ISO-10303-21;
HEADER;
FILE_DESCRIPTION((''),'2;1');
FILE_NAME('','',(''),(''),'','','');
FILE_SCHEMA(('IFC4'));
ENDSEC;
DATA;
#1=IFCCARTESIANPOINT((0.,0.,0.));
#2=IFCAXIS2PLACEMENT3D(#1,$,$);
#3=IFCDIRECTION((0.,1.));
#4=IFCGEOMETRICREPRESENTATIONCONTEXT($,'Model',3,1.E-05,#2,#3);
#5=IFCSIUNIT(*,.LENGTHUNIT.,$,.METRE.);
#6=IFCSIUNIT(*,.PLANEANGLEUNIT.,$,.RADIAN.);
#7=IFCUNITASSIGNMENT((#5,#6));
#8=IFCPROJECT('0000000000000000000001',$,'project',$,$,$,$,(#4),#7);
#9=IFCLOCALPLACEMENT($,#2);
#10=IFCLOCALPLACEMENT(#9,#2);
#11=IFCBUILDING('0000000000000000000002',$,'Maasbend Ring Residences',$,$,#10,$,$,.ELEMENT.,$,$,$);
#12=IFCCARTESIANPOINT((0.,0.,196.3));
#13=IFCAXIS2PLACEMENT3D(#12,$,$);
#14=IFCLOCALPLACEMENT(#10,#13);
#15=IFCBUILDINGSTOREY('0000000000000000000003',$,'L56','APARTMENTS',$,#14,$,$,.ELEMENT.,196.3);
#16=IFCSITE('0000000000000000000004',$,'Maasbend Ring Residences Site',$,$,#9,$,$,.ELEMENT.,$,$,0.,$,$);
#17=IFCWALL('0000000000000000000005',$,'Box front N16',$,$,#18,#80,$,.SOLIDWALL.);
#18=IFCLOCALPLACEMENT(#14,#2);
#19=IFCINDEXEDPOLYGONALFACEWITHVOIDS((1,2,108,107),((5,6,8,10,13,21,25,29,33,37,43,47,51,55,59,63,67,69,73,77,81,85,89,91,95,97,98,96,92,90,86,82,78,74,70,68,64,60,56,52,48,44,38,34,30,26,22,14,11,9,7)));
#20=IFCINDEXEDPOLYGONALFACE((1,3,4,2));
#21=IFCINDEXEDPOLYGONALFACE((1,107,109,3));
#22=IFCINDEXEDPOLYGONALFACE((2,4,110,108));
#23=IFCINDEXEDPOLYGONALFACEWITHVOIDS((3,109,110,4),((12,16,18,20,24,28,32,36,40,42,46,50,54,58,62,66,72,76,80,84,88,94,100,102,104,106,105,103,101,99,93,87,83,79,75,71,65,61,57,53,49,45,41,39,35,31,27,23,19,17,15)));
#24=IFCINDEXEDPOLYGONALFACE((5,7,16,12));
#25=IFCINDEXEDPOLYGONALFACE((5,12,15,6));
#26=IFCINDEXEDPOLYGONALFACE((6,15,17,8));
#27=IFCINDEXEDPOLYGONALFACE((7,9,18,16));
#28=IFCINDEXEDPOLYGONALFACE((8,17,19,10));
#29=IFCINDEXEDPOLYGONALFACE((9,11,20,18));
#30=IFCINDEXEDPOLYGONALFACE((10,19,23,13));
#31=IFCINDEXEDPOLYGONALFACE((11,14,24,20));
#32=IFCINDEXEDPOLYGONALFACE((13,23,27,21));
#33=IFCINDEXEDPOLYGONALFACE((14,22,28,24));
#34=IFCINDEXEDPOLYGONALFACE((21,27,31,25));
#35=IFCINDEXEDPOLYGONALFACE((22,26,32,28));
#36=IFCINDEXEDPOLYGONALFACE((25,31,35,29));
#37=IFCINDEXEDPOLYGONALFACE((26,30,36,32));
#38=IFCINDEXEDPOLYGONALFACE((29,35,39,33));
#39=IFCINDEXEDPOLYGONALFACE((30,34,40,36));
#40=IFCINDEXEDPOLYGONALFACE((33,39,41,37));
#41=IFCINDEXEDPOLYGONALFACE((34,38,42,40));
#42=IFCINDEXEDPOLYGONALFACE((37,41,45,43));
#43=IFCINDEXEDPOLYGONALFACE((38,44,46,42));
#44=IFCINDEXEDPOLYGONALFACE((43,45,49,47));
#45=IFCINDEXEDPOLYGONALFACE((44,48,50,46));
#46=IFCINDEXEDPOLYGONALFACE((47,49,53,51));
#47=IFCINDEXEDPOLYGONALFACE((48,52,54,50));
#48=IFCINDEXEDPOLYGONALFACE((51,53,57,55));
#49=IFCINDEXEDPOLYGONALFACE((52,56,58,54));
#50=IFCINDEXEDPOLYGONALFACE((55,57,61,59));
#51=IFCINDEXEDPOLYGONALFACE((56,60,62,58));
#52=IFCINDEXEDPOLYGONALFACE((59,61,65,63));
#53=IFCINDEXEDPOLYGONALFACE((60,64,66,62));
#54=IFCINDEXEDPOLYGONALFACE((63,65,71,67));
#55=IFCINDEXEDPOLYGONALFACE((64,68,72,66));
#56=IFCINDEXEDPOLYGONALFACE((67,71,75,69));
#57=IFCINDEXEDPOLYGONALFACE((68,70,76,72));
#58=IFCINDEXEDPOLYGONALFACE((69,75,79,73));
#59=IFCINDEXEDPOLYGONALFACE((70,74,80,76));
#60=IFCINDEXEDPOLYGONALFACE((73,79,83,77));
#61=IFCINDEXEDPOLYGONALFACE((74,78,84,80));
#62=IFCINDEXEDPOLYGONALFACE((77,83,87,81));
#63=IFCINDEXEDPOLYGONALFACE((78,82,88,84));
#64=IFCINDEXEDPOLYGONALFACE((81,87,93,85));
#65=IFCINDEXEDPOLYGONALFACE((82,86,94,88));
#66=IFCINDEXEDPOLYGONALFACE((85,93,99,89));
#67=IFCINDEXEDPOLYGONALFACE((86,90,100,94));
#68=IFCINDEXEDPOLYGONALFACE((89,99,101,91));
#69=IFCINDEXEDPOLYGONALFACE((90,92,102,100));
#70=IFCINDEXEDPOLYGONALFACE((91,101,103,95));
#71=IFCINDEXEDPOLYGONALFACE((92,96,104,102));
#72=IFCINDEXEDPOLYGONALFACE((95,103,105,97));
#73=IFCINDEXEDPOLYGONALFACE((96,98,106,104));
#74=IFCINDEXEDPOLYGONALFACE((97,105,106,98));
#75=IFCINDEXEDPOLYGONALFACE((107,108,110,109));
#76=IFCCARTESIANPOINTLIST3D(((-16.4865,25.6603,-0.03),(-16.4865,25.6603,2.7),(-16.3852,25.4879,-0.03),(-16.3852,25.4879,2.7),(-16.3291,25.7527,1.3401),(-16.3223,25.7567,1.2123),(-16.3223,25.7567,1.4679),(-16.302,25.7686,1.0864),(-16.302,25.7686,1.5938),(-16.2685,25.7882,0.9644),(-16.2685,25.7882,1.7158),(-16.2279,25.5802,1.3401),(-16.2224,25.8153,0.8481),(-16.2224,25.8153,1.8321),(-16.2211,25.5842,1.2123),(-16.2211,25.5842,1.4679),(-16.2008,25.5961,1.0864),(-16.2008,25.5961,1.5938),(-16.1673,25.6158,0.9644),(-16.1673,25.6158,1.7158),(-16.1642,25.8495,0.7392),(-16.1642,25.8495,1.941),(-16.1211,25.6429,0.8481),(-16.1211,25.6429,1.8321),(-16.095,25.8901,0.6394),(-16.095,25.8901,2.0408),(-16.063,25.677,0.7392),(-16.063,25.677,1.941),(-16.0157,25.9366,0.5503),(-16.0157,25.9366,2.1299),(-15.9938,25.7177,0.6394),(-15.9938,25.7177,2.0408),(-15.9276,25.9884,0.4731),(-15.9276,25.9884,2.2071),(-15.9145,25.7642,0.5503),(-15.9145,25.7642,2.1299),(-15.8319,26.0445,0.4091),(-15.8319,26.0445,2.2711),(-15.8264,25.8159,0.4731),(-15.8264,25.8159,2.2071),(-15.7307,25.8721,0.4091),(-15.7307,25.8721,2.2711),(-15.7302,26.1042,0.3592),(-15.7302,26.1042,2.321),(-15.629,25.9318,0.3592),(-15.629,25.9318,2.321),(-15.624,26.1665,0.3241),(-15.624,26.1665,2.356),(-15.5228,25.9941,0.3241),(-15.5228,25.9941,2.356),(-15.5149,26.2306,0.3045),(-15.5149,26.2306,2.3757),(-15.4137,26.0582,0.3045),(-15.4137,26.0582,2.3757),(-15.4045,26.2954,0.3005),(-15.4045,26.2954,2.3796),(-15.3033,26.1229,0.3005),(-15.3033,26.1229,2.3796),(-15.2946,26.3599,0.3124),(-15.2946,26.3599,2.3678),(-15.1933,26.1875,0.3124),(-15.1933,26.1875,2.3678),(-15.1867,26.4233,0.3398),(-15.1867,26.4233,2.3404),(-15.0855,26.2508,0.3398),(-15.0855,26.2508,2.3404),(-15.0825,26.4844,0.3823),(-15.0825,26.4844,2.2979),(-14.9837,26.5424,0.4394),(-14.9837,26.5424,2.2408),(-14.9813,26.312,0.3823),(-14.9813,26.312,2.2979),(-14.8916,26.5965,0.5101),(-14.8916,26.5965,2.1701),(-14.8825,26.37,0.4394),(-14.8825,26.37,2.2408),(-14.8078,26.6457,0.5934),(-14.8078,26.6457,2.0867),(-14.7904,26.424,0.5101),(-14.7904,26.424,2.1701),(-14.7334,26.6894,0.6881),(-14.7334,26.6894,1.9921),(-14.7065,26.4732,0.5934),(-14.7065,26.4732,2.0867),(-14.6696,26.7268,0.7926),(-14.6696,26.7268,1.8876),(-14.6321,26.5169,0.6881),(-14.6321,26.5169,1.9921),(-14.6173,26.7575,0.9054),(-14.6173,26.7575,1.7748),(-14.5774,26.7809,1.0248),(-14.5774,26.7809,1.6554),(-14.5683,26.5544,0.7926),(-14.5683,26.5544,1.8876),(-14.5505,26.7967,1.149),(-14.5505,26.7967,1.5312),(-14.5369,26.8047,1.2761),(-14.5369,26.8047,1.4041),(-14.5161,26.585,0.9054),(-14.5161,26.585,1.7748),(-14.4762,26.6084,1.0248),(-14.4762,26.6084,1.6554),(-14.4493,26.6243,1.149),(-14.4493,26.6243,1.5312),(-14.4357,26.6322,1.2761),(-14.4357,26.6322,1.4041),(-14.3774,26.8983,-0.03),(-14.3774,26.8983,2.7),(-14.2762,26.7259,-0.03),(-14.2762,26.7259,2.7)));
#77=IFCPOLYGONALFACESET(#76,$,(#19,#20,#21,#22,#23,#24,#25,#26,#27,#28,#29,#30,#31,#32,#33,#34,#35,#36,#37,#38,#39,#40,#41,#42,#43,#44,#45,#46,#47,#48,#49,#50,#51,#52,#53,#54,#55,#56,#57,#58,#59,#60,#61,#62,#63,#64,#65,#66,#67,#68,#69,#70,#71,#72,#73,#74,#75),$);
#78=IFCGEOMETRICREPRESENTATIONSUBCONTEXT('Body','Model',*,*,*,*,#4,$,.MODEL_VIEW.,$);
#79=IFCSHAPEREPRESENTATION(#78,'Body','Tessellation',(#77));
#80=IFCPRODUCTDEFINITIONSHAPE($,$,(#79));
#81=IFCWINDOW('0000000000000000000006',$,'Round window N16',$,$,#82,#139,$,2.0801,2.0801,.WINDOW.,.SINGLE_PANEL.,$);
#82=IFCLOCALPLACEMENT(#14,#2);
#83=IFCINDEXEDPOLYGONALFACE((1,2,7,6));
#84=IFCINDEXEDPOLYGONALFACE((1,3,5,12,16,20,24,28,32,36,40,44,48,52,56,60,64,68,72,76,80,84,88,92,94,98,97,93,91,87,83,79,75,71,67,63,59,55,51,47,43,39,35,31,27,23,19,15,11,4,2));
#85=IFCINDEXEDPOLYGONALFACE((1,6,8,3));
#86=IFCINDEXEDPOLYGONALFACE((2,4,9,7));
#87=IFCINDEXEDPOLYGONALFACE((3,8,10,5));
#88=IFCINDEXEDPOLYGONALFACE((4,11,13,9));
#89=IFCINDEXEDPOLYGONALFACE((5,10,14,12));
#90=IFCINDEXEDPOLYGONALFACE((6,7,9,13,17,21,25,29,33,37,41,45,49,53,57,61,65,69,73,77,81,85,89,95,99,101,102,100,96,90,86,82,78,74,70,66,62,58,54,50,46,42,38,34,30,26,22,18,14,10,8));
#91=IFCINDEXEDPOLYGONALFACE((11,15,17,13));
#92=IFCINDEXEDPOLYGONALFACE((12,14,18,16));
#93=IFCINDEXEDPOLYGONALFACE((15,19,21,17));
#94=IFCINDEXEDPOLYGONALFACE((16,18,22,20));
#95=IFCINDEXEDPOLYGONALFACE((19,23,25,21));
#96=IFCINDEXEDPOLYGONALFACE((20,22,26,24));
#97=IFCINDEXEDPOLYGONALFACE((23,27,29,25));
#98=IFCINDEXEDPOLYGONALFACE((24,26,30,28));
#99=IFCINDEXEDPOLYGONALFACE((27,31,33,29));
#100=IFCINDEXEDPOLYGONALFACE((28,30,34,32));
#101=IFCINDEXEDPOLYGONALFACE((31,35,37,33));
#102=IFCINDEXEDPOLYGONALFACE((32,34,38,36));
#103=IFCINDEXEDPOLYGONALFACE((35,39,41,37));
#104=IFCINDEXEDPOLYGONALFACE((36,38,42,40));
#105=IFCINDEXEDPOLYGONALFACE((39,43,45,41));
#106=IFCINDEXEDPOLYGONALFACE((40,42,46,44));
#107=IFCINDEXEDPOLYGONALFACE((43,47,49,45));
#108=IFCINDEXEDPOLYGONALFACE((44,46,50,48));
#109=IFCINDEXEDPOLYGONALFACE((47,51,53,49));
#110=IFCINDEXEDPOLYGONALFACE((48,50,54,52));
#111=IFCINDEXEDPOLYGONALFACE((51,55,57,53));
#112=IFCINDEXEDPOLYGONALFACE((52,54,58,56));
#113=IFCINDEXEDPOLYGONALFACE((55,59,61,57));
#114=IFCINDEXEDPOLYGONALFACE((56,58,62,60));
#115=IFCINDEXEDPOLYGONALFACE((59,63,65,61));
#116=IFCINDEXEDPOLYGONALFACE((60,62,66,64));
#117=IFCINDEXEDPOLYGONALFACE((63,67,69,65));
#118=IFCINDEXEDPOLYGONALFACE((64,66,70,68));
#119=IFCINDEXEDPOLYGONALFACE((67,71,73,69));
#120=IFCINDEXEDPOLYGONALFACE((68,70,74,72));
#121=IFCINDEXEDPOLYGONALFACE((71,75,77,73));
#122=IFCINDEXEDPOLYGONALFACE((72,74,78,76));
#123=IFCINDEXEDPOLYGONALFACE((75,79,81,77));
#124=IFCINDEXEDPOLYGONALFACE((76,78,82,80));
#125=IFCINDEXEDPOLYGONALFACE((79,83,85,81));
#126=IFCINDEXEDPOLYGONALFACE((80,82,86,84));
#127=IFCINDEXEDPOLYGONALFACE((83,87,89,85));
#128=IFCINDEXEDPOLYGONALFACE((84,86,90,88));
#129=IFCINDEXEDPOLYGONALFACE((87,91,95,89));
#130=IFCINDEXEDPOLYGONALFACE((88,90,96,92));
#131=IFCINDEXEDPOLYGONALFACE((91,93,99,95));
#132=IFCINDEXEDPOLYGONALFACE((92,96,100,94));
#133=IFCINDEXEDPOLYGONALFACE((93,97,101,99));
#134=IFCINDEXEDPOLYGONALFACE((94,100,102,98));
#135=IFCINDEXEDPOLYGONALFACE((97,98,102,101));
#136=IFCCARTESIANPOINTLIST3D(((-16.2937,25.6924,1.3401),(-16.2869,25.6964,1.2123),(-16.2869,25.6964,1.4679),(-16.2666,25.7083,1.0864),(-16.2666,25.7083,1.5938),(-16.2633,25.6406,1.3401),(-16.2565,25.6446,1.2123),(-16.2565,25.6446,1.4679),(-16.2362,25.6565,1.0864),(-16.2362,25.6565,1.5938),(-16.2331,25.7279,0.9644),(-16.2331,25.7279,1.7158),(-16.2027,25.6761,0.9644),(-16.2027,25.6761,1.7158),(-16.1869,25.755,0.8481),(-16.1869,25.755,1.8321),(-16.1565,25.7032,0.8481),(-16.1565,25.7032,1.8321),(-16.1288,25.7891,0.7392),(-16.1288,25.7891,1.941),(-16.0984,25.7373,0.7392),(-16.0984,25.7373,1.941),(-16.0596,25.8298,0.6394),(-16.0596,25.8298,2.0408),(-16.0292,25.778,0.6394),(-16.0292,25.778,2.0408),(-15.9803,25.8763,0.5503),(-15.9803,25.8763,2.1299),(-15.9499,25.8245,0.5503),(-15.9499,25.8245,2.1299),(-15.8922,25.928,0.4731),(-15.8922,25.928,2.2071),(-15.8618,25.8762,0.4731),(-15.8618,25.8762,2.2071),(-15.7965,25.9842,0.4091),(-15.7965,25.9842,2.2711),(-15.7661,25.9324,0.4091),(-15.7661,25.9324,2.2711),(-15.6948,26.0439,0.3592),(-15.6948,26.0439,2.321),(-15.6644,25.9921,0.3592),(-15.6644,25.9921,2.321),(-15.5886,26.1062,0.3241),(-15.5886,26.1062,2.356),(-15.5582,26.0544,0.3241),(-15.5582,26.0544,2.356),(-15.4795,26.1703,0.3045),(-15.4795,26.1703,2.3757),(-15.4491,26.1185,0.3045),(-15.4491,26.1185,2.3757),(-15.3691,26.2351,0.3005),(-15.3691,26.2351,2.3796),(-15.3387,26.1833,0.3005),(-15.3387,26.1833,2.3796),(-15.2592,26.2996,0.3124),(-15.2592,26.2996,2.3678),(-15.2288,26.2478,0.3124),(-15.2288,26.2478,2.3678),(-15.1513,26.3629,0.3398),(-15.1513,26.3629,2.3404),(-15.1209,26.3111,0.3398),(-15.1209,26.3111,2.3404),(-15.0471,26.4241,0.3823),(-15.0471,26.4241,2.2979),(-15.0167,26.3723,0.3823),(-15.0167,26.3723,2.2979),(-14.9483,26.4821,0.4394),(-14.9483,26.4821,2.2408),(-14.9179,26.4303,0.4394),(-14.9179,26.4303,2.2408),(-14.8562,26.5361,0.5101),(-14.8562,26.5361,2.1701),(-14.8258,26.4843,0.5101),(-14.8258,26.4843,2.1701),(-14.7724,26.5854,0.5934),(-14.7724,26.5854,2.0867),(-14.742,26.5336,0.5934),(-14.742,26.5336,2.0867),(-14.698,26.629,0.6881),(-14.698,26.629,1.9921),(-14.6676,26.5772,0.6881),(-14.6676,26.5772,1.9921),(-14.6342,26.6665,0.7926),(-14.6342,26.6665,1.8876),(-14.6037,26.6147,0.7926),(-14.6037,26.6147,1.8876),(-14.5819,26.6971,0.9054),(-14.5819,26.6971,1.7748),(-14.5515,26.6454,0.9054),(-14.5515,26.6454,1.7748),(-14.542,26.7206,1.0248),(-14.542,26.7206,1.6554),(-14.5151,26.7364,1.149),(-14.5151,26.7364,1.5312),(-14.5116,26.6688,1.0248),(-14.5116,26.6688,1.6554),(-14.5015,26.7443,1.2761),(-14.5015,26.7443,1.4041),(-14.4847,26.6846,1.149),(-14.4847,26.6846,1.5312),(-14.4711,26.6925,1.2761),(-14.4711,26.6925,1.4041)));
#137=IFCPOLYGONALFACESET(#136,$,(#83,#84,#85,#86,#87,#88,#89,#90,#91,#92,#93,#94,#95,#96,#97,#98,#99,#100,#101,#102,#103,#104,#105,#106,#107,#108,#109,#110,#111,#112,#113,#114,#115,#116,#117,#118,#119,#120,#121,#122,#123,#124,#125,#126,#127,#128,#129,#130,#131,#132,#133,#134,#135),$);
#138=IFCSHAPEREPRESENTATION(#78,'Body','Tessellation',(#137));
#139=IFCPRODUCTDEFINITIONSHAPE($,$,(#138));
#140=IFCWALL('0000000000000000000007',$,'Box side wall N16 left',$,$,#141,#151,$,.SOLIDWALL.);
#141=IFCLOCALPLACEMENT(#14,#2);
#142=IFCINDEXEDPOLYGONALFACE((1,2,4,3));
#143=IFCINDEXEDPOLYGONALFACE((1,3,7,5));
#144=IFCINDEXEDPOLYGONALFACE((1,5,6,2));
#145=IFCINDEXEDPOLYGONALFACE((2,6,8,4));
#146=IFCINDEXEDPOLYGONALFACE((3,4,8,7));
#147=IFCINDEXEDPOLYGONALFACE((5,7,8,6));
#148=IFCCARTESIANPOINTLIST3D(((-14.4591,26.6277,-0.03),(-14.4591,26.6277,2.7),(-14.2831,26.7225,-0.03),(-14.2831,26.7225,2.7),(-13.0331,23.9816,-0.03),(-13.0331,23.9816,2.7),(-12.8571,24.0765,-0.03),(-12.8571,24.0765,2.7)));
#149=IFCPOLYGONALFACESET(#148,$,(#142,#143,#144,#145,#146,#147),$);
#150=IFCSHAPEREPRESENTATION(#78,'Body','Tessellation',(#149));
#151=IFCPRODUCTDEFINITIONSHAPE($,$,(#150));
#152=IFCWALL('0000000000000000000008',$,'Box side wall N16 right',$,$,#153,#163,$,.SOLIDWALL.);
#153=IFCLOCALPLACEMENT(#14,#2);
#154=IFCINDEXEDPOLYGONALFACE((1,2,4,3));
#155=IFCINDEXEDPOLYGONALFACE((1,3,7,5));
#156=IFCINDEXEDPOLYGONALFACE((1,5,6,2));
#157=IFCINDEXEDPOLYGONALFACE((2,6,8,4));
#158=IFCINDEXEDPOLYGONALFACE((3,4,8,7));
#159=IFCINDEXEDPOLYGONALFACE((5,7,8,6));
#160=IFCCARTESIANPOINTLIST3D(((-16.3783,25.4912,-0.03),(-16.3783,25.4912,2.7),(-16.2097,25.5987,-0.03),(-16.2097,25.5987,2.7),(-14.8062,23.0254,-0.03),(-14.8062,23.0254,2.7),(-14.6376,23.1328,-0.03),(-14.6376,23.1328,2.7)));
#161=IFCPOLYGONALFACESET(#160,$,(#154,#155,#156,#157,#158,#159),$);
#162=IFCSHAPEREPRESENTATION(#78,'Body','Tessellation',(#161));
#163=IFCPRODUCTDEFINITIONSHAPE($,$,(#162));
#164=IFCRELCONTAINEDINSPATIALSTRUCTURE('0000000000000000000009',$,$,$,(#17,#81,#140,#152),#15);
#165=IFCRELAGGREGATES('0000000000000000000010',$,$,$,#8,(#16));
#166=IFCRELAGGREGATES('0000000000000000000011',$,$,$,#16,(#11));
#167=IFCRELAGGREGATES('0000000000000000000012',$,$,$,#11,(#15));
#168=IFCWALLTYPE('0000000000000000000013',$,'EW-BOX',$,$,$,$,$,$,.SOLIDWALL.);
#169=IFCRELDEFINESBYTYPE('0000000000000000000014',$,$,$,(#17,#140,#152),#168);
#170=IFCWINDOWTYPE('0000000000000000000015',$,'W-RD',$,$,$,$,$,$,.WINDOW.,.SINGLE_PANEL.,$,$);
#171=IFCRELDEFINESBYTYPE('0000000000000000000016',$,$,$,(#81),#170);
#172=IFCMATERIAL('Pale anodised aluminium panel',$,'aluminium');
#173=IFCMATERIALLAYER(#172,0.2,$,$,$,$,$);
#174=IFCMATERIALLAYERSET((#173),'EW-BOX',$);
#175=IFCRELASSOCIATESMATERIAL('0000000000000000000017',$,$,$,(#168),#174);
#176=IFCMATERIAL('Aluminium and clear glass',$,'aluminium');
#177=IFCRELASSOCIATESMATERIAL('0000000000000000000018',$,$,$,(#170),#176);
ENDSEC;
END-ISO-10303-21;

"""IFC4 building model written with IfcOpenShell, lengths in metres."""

from ifc_helpers import new_model, si_unit, direction, frame, frame_2d, origin, place, context, subcontext, project, spatial, rectangle, circle, extrude, material, layer, layer_set, type_object, element, fill, save


model = new_model("IFC4")

# Units and contexts
model_context = context("Model", 3, precision=1e-05, world=origin(), true_north=direction((0.0, 1.0)))
body_context = subcontext(model_context, "Body", "Model", "MODEL_VIEW")
ifc_project = project(units=[si_unit("LENGTHUNIT", "METRE"), si_unit("PLANEANGLEUNIT", "RADIAN")], contexts=[model_context])

# Site, building, storey
site_placement = place(None, origin())
site = spatial("IfcSite", under=ifc_project, at=site_placement, Name="Maasbend Ring Residences Site", CompositionType="ELEMENT", RefElevation=0.0)
building_placement = place(site_placement, origin())
building = spatial("IfcBuilding", under=site, at=building_placement, Name="Maasbend Ring Residences", CompositionType="ELEMENT")
storey_placement = place(building_placement, frame((0.0, 0.0, 196.3)))
storey = spatial("IfcBuildingStorey", under=building, at=storey_placement, Name="L56", Description="APARTMENTS", CompositionType="ELEMENT", Elevation=196.3)

# Wall, opening, window
ifc_material_1 = material(Name="Pale anodised aluminium panel", Category="aluminium")
ifc_layer_1 = layer(ifc_material_1, 0.2)
ifc_layer_set_1 = layer_set([ifc_layer_1], Name="EW-BOX")
wall_type_1 = type_object("IfcWallType", Name="EW-BOX", PredefinedType="SOLIDWALL", material=ifc_layer_set_1)
wall_1_placement = place(storey_placement, frame((-14.3269, 26.812, -0.03), z_axis=(0.0, 0.0, 1.0), x_axis=(-0.862403, -0.506222, 0.0)))
wall_1 = element("IfcWall", 1, at=wall_1_placement, inside=storey, type_object=wall_type_1, Name="Box front N16", PredefinedType="SOLIDWALL", context=body_context, shape_type="SweptSolid", body=[
    extrude(rectangle(XDim=2.4456, YDim=0.2, at=frame_2d((1.2227, 0.0))), origin(), (0.0, 0.0, 1.0), 2.73),
])
opening_1_placement = place(wall_1_placement, frame((0.1829, 0.0, 0.3301)))
opening_1 = element("IfcOpeningElement", 2, at=opening_1_placement, cuts=wall_1, PredefinedType="OPENING", context=body_context, shape_type="SweptSolid", body=[
    extrude(circle(Radius=1.04, at=frame_2d((1.04, 1.04))), frame((0.0, 0.1099, 0.0), z_axis=(0.0, -1.0, 0.0), x_axis=(1.0, 0.0, 0.0)), (0.0, 0.0, 1.0), 0.22),
])
ifc_material_2 = material(Name="Aluminium and clear glass", Category="aluminium")
window_type_1 = type_object("IfcWindowType", Name="W-RD", PartitioningType="SINGLE_PANEL", PredefinedType="WINDOW", material=ifc_material_2)
window_1_placement = place(opening_1_placement, origin())
window_1 = element("IfcWindow", 3, at=window_1_placement, inside=storey, type_object=window_type_1, Name="Round window N16", OverallHeight=2.0801, OverallWidth=2.0801, PartitioningType="SINGLE_PANEL", PredefinedType="WINDOW", context=body_context, shape_type="SweptSolid", body=[
    extrude(circle(Radius=1.04, at=frame_2d((1.04, 1.04))), frame((0.0, 0.03, 0.0), z_axis=(0.0, -1.0, 0.0), x_axis=(1.0, 0.0, 0.0)), (0.0, 0.0, 1.0), 0.0601),
])
fill(opening_1, window_1)

# Walls
wall_2_placement = place(storey_placement, frame((-12.9451, 24.0291, -0.03), z_axis=(0.0, 0.0, 1.0), x_axis=(-0.474424, 0.880296, 0.0)))
element("IfcWall", 4, at=wall_2_placement, inside=storey, type_object=wall_type_1, Name="Box side wall N16 left", PredefinedType="SOLIDWALL", context=body_context, shape_type="SweptSolid", body=[
    extrude(rectangle(XDim=3.0059, YDim=0.2, at=frame_2d((1.5029, 0.0))), origin(), (0.0, 0.0, 1.0), 2.73),
])
wall_3_placement = place(storey_placement, frame((-14.7219, 23.0791, -0.03), z_axis=(0.0, 0.0, 1.0), x_axis=(-0.537572, 0.843218, 0.0)))
element("IfcWall", 5, at=wall_3_placement, inside=storey, type_object=wall_type_1, Name="Box side wall N16 right", PredefinedType="SOLIDWALL", context=body_context, shape_type="SweptSolid", body=[
    extrude(rectangle(XDim=2.9243, YDim=0.2, at=frame_2d((1.4622, 0.0))), origin(), (0.0, 0.0, 1.0), 2.73),
])

save(model, "model.ifc")
